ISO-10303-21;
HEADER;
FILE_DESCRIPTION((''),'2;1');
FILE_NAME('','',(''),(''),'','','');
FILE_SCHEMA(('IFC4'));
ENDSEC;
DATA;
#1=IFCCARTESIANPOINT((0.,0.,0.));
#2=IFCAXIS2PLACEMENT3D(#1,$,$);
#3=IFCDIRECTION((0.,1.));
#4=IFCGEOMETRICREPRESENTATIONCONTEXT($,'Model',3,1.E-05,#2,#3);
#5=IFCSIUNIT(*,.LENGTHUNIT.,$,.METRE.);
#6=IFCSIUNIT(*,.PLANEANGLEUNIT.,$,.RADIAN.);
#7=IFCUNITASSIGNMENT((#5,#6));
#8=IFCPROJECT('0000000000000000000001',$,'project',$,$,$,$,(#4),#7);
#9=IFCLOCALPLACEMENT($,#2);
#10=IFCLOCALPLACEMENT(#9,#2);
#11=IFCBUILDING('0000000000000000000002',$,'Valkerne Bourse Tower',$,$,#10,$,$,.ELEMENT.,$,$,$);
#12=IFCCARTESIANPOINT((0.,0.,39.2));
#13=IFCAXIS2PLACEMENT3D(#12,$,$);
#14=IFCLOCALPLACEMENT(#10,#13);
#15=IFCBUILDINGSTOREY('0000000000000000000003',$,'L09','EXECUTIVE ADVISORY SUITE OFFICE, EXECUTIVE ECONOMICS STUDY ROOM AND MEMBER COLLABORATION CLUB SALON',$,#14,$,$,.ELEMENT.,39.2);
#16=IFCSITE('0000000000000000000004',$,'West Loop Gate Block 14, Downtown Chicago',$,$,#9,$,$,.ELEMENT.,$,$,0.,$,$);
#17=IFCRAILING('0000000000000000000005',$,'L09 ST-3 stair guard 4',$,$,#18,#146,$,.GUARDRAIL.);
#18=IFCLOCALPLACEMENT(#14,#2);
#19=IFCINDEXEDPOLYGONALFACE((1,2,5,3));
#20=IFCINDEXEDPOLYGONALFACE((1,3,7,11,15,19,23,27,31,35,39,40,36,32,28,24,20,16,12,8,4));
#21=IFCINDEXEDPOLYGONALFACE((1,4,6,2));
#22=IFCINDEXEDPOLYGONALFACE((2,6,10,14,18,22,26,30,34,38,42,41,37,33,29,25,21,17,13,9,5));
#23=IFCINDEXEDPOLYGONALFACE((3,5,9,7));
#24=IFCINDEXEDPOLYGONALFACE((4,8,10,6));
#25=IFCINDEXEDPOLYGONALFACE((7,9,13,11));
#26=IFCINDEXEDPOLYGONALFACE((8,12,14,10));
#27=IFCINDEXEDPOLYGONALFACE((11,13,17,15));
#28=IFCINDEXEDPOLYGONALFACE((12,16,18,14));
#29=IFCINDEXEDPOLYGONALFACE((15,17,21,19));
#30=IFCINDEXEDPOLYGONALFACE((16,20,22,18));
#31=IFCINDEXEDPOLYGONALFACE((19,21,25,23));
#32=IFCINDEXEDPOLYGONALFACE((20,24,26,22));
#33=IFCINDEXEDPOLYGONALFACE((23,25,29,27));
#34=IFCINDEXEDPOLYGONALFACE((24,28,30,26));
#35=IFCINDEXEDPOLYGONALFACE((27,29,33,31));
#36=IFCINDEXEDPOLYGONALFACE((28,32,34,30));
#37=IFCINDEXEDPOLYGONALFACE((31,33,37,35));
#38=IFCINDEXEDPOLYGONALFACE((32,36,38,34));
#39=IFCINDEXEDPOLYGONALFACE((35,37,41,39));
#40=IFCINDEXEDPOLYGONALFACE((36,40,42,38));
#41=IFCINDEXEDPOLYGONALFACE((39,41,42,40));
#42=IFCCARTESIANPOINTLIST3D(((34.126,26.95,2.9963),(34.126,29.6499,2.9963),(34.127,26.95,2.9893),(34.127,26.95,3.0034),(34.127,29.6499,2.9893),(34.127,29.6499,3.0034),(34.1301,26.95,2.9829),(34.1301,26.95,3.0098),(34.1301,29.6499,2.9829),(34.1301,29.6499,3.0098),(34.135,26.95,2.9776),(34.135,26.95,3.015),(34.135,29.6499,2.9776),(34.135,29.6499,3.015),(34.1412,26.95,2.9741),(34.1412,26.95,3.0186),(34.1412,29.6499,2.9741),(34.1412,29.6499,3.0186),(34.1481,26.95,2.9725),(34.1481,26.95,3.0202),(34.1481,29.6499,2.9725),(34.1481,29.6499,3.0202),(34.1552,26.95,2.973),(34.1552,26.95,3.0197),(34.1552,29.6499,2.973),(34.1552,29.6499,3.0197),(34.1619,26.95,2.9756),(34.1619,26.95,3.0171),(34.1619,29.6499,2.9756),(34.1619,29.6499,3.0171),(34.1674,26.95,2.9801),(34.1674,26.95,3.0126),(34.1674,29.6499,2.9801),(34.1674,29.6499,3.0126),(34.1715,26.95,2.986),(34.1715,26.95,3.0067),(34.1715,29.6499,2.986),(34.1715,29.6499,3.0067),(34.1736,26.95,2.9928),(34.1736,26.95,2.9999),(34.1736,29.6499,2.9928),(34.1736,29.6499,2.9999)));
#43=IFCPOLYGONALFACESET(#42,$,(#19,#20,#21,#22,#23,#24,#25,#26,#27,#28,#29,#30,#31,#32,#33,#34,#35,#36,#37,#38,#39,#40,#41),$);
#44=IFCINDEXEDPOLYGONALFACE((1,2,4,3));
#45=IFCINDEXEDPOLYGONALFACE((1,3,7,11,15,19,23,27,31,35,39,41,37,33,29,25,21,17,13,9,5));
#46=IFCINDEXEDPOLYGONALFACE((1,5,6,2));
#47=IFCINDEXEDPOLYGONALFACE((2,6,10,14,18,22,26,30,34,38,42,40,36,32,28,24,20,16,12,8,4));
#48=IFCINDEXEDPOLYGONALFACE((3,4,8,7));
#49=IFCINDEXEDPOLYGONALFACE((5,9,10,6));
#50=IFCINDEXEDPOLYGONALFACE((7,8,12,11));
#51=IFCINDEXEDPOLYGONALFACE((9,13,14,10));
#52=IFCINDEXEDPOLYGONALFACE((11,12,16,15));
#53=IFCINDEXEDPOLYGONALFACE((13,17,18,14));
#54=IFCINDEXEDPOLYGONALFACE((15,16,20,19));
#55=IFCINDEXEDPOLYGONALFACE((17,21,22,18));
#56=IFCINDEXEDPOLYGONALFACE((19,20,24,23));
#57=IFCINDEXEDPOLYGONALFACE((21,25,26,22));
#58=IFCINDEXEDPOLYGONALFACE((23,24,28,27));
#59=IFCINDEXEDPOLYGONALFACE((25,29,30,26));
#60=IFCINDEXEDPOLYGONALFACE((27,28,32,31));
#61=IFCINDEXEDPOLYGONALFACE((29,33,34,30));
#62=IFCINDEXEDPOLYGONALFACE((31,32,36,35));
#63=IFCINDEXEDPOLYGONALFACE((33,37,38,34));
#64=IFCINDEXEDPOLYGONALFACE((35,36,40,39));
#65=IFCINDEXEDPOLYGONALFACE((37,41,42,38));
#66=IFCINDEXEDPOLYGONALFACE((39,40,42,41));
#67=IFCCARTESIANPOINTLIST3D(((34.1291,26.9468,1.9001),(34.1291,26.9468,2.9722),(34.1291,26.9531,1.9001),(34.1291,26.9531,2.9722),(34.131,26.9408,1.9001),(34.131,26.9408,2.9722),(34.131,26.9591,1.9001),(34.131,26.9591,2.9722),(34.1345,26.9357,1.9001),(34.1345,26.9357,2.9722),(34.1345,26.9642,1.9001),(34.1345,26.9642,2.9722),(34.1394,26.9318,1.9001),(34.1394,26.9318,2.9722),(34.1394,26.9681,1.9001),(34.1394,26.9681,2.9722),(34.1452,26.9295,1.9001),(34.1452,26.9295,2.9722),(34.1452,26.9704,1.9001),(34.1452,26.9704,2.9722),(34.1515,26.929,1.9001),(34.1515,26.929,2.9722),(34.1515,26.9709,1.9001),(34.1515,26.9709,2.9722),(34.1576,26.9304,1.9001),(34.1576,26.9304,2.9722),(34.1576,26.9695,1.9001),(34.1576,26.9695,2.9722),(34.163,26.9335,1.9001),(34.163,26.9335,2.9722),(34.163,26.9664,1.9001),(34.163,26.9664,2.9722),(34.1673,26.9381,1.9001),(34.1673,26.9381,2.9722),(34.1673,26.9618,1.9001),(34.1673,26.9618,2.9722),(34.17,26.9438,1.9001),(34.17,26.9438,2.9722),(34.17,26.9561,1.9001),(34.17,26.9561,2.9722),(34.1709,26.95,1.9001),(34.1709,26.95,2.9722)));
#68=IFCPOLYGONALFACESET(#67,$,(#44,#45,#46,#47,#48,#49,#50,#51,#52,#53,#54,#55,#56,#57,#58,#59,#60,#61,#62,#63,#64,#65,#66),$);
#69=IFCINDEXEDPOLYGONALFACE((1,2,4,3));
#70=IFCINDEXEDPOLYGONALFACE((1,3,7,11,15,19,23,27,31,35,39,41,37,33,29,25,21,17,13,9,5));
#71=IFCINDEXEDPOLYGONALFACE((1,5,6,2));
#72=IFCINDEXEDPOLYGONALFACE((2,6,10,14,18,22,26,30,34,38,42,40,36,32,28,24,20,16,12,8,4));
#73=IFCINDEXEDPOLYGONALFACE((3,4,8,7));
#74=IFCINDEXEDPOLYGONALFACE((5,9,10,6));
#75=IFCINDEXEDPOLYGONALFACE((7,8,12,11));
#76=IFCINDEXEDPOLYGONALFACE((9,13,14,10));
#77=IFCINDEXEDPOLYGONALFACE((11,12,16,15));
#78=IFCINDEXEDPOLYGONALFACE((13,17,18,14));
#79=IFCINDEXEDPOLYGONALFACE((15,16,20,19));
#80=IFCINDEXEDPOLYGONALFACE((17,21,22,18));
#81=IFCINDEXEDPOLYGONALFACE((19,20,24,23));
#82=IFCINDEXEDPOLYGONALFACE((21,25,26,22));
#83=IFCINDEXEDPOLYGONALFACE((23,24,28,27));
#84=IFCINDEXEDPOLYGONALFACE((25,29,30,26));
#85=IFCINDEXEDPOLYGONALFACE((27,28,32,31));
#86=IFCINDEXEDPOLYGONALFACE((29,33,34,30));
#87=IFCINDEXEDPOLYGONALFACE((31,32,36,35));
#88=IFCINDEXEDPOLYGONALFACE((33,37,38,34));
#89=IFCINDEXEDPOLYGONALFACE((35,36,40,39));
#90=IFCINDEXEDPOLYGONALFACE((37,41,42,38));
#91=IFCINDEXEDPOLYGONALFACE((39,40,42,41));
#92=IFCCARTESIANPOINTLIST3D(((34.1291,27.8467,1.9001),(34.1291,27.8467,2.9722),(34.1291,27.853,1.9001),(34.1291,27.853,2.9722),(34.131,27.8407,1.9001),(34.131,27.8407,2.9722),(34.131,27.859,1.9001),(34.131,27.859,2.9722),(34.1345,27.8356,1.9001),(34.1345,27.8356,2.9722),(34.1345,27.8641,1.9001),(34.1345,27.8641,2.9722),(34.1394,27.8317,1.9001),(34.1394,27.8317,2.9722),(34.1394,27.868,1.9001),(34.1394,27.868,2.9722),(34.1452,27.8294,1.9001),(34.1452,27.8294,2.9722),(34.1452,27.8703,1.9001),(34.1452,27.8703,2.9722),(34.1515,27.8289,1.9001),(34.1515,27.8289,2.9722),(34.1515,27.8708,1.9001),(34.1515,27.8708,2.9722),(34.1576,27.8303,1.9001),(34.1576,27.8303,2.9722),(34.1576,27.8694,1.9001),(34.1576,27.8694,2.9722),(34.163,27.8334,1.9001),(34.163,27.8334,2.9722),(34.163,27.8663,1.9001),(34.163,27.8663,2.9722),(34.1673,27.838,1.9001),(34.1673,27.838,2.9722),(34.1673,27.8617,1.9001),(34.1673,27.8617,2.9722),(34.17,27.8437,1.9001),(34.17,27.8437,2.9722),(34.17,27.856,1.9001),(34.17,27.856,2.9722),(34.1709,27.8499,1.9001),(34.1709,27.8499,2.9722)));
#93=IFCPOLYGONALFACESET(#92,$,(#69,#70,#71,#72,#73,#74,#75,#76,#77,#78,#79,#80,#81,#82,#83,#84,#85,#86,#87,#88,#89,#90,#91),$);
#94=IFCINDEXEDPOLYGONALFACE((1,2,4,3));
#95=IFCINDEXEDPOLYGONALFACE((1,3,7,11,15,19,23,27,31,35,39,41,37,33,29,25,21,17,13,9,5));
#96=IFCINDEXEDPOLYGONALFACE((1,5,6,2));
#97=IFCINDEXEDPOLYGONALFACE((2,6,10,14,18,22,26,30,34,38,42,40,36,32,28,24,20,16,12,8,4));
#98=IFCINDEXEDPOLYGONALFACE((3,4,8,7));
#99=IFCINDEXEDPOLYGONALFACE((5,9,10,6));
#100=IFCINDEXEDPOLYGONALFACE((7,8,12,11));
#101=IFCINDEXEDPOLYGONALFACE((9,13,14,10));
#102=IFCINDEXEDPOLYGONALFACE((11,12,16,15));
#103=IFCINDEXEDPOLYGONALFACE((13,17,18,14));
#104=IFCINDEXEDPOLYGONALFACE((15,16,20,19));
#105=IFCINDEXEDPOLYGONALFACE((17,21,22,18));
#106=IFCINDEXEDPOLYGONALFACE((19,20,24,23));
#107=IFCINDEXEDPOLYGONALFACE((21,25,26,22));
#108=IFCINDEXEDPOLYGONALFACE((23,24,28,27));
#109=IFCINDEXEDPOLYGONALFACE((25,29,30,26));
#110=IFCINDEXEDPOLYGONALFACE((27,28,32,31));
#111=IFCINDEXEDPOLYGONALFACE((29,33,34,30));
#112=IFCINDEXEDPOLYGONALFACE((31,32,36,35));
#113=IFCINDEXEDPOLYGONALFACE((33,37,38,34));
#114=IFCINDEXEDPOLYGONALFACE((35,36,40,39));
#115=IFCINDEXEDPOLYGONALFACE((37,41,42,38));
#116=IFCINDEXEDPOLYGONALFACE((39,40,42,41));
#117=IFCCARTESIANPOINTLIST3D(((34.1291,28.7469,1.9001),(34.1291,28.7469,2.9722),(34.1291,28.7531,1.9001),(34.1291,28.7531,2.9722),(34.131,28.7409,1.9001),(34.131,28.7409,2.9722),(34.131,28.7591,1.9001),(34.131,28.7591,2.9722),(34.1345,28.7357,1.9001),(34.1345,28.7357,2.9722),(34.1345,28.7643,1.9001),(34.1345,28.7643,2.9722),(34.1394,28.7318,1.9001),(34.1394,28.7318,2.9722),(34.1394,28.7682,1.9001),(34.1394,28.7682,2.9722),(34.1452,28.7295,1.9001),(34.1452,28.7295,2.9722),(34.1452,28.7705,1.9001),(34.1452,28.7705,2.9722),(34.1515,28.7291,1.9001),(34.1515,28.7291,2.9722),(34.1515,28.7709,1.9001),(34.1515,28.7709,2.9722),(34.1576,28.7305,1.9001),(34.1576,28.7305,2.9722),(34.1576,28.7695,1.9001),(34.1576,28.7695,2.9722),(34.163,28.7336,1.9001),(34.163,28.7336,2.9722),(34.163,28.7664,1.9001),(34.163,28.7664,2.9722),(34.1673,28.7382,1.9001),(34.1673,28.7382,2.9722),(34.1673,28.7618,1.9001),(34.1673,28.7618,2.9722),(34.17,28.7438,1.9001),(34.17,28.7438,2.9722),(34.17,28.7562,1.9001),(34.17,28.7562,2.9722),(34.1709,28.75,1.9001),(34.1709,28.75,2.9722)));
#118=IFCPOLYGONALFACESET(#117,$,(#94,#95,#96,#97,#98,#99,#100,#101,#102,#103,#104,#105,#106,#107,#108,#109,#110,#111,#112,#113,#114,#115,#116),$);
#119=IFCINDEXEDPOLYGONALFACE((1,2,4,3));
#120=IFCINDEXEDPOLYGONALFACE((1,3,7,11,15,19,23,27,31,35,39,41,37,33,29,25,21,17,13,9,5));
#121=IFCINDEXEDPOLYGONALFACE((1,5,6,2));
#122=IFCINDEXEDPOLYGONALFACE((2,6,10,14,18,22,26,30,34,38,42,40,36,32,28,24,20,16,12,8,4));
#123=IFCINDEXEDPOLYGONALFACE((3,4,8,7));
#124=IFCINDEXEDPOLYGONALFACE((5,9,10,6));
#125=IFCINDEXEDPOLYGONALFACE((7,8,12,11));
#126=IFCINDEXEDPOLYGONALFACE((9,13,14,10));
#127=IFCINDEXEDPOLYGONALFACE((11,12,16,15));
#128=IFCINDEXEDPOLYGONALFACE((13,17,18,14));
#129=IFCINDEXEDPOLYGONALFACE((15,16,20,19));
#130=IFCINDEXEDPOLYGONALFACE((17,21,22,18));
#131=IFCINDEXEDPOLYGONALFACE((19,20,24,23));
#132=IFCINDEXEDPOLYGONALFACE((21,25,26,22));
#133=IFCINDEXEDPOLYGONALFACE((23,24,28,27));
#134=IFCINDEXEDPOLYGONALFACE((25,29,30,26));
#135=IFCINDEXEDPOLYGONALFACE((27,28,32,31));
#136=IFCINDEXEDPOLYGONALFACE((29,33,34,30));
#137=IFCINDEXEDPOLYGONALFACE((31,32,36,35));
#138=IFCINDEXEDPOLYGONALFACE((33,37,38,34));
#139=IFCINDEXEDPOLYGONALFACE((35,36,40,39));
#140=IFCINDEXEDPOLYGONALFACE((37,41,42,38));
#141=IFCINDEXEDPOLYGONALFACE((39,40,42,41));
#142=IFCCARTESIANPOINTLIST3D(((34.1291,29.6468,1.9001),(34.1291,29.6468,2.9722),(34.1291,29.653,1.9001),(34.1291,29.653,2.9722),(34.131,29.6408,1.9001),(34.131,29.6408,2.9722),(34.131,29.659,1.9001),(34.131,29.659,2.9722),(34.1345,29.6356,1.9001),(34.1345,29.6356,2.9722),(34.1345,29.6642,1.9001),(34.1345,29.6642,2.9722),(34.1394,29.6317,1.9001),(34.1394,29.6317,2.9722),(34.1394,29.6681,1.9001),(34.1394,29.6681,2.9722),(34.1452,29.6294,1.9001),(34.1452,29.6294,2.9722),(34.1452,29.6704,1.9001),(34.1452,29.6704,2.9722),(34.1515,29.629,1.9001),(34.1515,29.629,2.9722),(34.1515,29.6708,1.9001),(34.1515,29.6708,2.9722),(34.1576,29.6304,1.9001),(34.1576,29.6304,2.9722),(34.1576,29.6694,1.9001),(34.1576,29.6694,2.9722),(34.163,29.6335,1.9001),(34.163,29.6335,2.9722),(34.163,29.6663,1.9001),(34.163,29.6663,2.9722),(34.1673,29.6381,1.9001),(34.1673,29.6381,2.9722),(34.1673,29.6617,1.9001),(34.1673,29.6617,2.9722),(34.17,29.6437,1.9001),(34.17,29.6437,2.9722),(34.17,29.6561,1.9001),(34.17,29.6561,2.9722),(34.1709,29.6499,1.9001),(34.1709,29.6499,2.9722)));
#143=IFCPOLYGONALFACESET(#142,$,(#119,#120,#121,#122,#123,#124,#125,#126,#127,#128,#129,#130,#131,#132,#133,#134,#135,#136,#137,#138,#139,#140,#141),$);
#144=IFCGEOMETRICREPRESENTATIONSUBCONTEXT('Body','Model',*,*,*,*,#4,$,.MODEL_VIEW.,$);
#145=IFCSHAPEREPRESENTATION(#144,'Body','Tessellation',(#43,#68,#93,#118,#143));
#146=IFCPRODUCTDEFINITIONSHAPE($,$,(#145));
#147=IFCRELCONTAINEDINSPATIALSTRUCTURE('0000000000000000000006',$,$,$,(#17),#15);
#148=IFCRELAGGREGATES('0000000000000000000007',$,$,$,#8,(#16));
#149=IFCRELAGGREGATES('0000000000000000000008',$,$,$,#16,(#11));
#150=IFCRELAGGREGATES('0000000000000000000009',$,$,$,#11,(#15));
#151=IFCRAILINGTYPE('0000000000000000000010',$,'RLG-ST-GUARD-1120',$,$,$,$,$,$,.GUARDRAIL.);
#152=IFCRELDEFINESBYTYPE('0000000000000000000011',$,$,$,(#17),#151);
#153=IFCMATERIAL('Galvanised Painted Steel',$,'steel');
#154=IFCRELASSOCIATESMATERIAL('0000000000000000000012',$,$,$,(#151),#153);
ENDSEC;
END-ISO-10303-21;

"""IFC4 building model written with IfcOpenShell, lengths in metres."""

from ifc_helpers import new_model, si_unit, direction, frame, origin, origin_2d, place, context, subcontext, project, spatial, circle, extrude, material, type_object, element, save


model = new_model("IFC4")

# Units and contexts
model_context = context("Model", 3, precision=1e-05, world=origin(), true_north=direction((0.0, 1.0)))
body_context = subcontext(model_context, "Body", "Model", "MODEL_VIEW")
ifc_project = project(units=[si_unit("LENGTHUNIT", "METRE"), si_unit("PLANEANGLEUNIT", "RADIAN")], contexts=[model_context])

# Site, building, storey
site_placement = place(None, origin())
site = spatial("IfcSite", under=ifc_project, at=site_placement, Name="West Loop Gate Block 14, Downtown Chicago", CompositionType="ELEMENT", RefElevation=0.0)
building_placement = place(site_placement, origin())
building = spatial("IfcBuilding", under=site, at=building_placement, Name="Valkerne Bourse Tower", CompositionType="ELEMENT")
storey_placement = place(building_placement, frame((0.0, 0.0, 39.2)))
storey = spatial("IfcBuildingStorey", under=building, at=storey_placement, Name="L09", Description="EXECUTIVE ADVISORY SUITE OFFICE, EXECUTIVE ECONOMICS STUDY ROOM AND MEMBER COLLABORATION CLUB SALON", CompositionType="ELEMENT", Elevation=39.2)

# Shared definitions
ifc_material_1 = material(Name="Galvanised Painted Steel", Category="steel")

# Railing
railing_type_1 = type_object("IfcRailingType", Name="RLG-ST-GUARD-1120", PredefinedType="GUARDRAIL", material=ifc_material_1)
for number, where, name in (
    (1, (34.1499, 26.95, 1.9001), "L09 ST-3 stair guard 4"),
):
    element("IfcRailing", number, at=place(storey_placement, frame(where)), inside=storey, type_object=railing_type_1, Name=name, PredefinedType="GUARDRAIL", context=body_context, shape_type="SweptSolid", body=[
        extrude(circle(Radius=0.0239, at=origin_2d()), frame((0.0, 0.0, 1.0962), z_axis=(0.0, 1.0, 0.0), x_axis=(-1.0, 0.0, 0.0)), (0.0, 0.0, 1.0), 2.7),
        extrude(circle(Radius=0.021, at=origin_2d()), origin(), (0.0, 0.0, 1.0), 1.072),
        extrude(circle(Radius=0.021, at=origin_2d()), frame((0.0, 0.8999, 0.0)), (0.0, 0.0, 1.0), 1.072),
        extrude(circle(Radius=0.021, at=origin_2d()), frame((0.0, 1.8, 0.0)), (0.0, 0.0, 1.0), 1.072),
        extrude(circle(Radius=0.021, at=origin_2d()), frame((0.0, 2.7, 0.0)), (0.0, 0.0, 1.0), 1.072),
    ])

save(model, "model.ifc")
